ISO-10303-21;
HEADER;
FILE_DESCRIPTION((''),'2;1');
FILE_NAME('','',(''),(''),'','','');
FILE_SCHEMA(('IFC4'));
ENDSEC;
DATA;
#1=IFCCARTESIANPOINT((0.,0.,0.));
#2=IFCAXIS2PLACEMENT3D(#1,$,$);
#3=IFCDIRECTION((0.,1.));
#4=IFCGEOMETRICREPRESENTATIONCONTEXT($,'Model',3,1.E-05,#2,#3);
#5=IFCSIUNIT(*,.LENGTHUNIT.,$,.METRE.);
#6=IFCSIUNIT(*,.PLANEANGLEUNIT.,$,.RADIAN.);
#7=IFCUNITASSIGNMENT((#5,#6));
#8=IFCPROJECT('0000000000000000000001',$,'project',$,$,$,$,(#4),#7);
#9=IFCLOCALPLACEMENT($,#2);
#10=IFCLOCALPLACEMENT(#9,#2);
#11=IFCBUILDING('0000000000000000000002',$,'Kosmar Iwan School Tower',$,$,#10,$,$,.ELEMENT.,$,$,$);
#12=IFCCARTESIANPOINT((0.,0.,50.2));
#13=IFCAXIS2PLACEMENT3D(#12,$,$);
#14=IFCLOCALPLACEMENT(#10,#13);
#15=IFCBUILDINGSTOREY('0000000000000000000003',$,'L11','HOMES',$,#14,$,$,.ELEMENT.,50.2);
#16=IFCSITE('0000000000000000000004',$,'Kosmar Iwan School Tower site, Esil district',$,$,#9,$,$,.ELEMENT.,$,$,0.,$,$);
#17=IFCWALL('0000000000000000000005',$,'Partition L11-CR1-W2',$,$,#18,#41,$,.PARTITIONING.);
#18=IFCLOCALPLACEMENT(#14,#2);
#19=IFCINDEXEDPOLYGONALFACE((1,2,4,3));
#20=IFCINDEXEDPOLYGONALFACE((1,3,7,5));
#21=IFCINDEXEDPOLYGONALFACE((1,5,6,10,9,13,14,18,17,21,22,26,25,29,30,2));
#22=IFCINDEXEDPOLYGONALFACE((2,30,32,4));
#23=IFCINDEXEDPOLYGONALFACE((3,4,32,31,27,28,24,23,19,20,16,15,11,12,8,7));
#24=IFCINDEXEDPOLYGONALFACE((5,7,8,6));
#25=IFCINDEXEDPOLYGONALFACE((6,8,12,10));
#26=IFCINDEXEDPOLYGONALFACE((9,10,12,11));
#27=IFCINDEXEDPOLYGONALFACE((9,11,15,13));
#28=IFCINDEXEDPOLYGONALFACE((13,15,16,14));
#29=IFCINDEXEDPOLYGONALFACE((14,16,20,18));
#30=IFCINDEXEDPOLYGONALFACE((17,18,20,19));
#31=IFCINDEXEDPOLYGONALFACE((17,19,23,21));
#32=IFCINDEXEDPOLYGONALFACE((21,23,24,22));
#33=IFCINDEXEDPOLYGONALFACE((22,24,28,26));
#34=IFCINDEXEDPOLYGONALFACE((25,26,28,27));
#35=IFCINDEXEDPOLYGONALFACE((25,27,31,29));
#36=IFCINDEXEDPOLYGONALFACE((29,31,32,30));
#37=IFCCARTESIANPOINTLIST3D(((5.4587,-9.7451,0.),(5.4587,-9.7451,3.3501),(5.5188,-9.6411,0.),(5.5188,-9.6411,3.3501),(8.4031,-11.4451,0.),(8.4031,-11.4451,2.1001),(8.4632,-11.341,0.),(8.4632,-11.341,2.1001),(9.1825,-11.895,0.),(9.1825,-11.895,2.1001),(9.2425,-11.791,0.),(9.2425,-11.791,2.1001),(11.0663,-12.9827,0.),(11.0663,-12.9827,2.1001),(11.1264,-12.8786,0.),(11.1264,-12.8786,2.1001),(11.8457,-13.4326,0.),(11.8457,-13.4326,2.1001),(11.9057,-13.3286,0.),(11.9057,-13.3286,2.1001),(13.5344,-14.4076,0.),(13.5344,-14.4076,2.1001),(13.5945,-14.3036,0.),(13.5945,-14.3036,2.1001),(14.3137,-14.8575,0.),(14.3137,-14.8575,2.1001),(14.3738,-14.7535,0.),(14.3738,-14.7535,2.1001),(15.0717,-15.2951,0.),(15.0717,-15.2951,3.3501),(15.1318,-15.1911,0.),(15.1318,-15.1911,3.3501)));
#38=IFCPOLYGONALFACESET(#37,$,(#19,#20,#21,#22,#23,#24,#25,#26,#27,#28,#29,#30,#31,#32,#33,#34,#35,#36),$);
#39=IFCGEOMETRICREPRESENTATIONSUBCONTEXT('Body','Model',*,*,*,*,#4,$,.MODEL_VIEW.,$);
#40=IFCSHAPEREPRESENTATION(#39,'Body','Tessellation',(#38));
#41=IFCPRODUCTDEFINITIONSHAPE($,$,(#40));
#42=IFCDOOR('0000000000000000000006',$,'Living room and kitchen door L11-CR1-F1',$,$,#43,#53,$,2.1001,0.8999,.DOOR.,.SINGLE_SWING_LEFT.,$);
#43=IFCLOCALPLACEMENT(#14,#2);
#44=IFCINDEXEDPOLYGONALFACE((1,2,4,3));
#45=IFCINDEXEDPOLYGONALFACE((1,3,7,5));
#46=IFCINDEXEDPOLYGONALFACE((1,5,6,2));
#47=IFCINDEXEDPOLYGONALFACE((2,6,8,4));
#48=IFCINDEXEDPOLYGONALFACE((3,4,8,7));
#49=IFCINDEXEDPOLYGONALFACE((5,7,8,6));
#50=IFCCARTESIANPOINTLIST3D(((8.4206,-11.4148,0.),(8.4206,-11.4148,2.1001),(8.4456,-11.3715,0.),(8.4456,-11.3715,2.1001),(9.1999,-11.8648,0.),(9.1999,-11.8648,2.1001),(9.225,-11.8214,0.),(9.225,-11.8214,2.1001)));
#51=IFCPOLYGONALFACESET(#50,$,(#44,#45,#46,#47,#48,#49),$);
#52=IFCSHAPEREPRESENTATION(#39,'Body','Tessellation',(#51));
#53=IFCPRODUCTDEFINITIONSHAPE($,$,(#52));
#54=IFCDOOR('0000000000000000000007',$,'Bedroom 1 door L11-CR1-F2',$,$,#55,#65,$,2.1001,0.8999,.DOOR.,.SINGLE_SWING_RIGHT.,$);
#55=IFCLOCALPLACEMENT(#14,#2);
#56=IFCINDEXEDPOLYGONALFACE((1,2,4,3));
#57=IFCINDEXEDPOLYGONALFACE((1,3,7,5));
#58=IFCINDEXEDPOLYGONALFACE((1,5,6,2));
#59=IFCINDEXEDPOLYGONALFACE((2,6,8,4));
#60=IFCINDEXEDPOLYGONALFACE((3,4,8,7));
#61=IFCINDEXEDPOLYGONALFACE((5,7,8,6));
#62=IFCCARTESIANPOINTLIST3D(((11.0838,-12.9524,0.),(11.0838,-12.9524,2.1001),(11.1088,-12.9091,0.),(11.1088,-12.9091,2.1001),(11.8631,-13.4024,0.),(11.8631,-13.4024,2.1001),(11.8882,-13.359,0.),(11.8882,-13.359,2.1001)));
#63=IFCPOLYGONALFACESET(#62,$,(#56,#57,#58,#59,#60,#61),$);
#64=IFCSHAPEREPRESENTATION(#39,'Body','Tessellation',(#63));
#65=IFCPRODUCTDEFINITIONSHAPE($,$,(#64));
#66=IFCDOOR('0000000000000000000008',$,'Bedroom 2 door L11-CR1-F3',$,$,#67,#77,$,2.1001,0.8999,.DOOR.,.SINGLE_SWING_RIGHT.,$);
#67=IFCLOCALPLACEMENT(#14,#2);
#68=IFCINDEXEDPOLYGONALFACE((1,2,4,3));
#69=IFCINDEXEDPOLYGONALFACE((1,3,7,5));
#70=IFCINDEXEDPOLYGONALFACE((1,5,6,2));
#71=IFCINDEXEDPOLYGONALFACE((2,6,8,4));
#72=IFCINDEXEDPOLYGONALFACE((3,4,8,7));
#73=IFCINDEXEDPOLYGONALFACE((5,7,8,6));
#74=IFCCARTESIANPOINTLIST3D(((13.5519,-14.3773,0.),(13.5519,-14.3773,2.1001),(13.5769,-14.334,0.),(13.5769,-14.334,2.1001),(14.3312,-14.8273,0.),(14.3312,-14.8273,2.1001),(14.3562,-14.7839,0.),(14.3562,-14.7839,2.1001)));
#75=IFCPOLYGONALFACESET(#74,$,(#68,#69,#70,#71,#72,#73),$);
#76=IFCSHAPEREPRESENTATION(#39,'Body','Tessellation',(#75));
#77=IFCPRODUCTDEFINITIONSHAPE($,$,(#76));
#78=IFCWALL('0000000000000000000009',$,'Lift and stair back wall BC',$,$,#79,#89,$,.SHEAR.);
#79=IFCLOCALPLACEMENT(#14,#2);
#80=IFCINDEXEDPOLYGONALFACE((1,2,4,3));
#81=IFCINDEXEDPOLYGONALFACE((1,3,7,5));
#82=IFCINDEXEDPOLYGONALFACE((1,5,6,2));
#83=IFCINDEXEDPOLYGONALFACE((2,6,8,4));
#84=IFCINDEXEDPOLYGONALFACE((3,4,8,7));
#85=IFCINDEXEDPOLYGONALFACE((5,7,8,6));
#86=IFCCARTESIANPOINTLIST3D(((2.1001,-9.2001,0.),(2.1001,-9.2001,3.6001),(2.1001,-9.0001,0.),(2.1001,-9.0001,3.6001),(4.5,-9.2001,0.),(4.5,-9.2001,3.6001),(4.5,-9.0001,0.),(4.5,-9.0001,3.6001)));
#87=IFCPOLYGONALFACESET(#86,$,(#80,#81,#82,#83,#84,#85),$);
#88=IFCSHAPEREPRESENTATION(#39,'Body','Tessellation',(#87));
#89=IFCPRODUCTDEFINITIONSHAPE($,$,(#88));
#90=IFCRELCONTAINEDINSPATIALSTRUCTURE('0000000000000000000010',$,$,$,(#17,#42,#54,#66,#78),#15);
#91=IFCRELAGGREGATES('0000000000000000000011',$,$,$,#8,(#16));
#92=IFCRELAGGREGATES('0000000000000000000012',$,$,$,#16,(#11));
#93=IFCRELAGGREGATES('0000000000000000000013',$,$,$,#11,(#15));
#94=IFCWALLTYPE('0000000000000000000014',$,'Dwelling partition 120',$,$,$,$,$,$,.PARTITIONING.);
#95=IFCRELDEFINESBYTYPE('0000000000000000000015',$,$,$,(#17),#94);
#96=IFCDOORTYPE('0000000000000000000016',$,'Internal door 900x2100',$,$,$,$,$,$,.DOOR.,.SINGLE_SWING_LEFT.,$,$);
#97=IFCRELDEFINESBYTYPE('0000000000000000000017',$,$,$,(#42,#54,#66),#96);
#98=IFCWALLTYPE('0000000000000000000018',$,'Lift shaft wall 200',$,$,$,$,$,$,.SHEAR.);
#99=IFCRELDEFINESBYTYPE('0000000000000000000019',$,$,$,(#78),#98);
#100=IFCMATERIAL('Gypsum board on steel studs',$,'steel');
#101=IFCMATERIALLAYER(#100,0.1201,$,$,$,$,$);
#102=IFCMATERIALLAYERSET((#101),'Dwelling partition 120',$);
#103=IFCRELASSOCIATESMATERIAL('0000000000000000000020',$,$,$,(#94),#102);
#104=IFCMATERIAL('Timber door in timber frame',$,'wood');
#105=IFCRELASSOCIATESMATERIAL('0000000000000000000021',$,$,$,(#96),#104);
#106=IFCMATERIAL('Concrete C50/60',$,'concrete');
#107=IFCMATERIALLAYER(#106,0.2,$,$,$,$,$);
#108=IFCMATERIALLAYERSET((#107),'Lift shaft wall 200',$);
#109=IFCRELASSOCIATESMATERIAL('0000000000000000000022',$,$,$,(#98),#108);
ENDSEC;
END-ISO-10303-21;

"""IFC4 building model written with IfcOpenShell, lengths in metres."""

from ifc_helpers import new_model, si_unit, direction, frame, frame_2d, origin, place, context, subcontext, project, spatial, rectangle, extrude, material, layer, layer_set, type_object, element, fill, save


model = new_model("IFC4")

# Units and contexts
model_context = context("Model", 3, precision=1e-05, world=origin(), true_north=direction((0.0, 1.0)))
body_context = subcontext(model_context, "Body", "Model", "MODEL_VIEW")
ifc_project = project(units=[si_unit("LENGTHUNIT", "METRE"), si_unit("PLANEANGLEUNIT", "RADIAN")], contexts=[model_context])

# Site, building, storey
site_placement = place(None, origin())
site = spatial("IfcSite", under=ifc_project, at=site_placement, Name="Kosmar Iwan School Tower site, Esil district", CompositionType="ELEMENT", RefElevation=0.0)
building_placement = place(site_placement, origin())
building = spatial("IfcBuilding", under=site, at=building_placement, Name="Kosmar Iwan School Tower", CompositionType="ELEMENT")
storey_placement = place(building_placement, frame((0.0, 0.0, 50.2)))
storey = spatial("IfcBuildingStorey", under=building, at=storey_placement, Name="L11", Description="HOMES", CompositionType="ELEMENT", Elevation=50.2)

# Wall, openings, doors
ifc_material_1 = material(Name="Gypsum board on steel studs", Category="steel")
ifc_layer_1 = layer(ifc_material_1, 0.1201)
ifc_layer_set_1 = layer_set([ifc_layer_1], Name="Dwelling partition 120")
wall_type_1 = type_object("IfcWallType", Name="Dwelling partition 120", PredefinedType="PARTITIONING", material=ifc_layer_set_1)
wall_1_placement = place(storey_placement, frame((5.4888, -9.6931, 0.0), z_axis=(0.0, 0.0, 1.0), x_axis=(0.866027, -0.499997, 0.0)))
wall_1 = element("IfcWall", 1, at=wall_1_placement, inside=storey, type_object=wall_type_1, Name="Partition L11-CR1-W2", PredefinedType="PARTITIONING", context=body_context, shape_type="SweptSolid", body=[
    extrude(rectangle(XDim=11.1001, YDim=0.1201, at=frame_2d((5.55, 0.0))), origin(), (0.0, 0.0, 1.0), 3.3501),
])
opening_1_placement = place(wall_1_placement, frame((3.3999, 0.0, 0.0)))
opening_1 = element("IfcOpeningElement", 2, at=opening_1_placement, cuts=wall_1, PredefinedType="OPENING", context=body_context, shape_type="SweptSolid", body=[
    extrude(rectangle(XDim=0.8999, YDim=2.1001, at=frame_2d((0.45, 1.05))), frame((0.0, 0.072, 0.0), z_axis=(0.0, -1.0, 0.0), x_axis=(1.0, 0.0, 0.0)), (0.0, 0.0, 1.0), 0.144),
])
opening_2_placement = place(wall_1_placement, frame((6.4751, 0.0, 0.0)))
opening_2 = element("IfcOpeningElement", 3, at=opening_2_placement, cuts=wall_1, PredefinedType="OPENING", context=body_context, shape_type="SweptSolid", body=[
    extrude(rectangle(XDim=0.8999, YDim=2.1001, at=frame_2d((0.45, 1.05))), frame((0.0, 0.072, 0.0), z_axis=(0.0, -1.0, 0.0), x_axis=(1.0, 0.0, 0.0)), (0.0, 0.0, 1.0), 0.144),
])
opening_3_placement = place(wall_1_placement, frame((9.325, 0.0, 0.0)))
opening_3 = element("IfcOpeningElement", 4, at=opening_3_placement, cuts=wall_1, PredefinedType="OPENING", context=body_context, shape_type="SweptSolid", body=[
    extrude(rectangle(XDim=0.8999, YDim=2.1001, at=frame_2d((0.45, 1.05))), frame((0.0, 0.072, 0.0), z_axis=(0.0, -1.0, 0.0), x_axis=(1.0, 0.0, 0.0)), (0.0, 0.0, 1.0), 0.144),
])
ifc_material_2 = material(Name="Timber door in timber frame", Category="wood")
door_type = type_object("IfcDoorType", Name="Internal door 900x2100", OperationType="SINGLE_SWING_LEFT", PredefinedType="DOOR", material=ifc_material_2)
door_1_placement = place(opening_1_placement, origin())
door_1 = element("IfcDoor", 5, at=door_1_placement, inside=storey, type_object=door_type, Name="Living room and kitchen door L11-CR1-F1", OperationType="SINGLE_SWING_LEFT", OverallHeight=2.1001, OverallWidth=0.8999, PredefinedType="DOOR", context=body_context, shape_type="SweptSolid", body=[
    extrude(rectangle(XDim=0.8999, YDim=2.1001, at=frame_2d((0.45, 1.05))), frame((0.0, 0.0249, 0.0), z_axis=(0.0, -1.0, 0.0), x_axis=(1.0, 0.0, 0.0)), (0.0, 0.0, 1.0), 0.05),
])
fill(opening_1, door_1)
door_2_placement = place(opening_2_placement, origin())
door_2 = element("IfcDoor", 6, at=door_2_placement, inside=storey, type_object=door_type, Name="Bedroom 1 door L11-CR1-F2", OperationType="SINGLE_SWING_RIGHT", OverallHeight=2.1001, OverallWidth=0.8999, PredefinedType="DOOR", context=body_context, shape_type="SweptSolid", body=[
    extrude(rectangle(XDim=0.8999, YDim=2.1001, at=frame_2d((0.45, 1.05))), frame((0.0, 0.0249, 0.0), z_axis=(0.0, -1.0, 0.0), x_axis=(1.0, 0.0, 0.0)), (0.0, 0.0, 1.0), 0.05),
])
fill(opening_2, door_2)
door_3_placement = place(opening_3_placement, origin())
door_3 = element("IfcDoor", 7, at=door_3_placement, inside=storey, type_object=door_type, Name="Bedroom 2 door L11-CR1-F3", OperationType="SINGLE_SWING_RIGHT", OverallHeight=2.1001, OverallWidth=0.8999, PredefinedType="DOOR", context=body_context, shape_type="SweptSolid", body=[
    extrude(rectangle(XDim=0.8999, YDim=2.1001, at=frame_2d((0.45, 1.05))), frame((0.0, 0.0249, 0.0), z_axis=(0.0, -1.0, 0.0), x_axis=(1.0, 0.0, 0.0)), (0.0, 0.0, 1.0), 0.05),
])
fill(opening_3, door_3)

# Wall
ifc_material_3 = material(Name="Concrete C50/60", Category="concrete")
ifc_layer_2 = layer(ifc_material_3, 0.2)
ifc_layer_set_2 = layer_set([ifc_layer_2], Name="Lift shaft wall 200")
wall_type_2 = type_object("IfcWallType", Name="Lift shaft wall 200", PredefinedType="SHEAR", material=ifc_layer_set_2)
wall_2_placement = place(storey_placement, frame((2.1001, -9.1001, 0.0), z_axis=(0.0, 0.0, 1.0), x_axis=(1.0, 0.0, 0.0)))
element("IfcWall", 8, at=wall_2_placement, inside=storey, type_object=wall_type_2, Name="Lift and stair back wall BC", PredefinedType="SHEAR", context=body_context, shape_type="SweptSolid", body=[
    extrude(rectangle(XDim=2.3999, YDim=0.2, at=frame_2d((1.2, 0.0))), origin(), (0.0, 0.0, 1.0), 3.6001),
])

save(model, "model.ifc")
